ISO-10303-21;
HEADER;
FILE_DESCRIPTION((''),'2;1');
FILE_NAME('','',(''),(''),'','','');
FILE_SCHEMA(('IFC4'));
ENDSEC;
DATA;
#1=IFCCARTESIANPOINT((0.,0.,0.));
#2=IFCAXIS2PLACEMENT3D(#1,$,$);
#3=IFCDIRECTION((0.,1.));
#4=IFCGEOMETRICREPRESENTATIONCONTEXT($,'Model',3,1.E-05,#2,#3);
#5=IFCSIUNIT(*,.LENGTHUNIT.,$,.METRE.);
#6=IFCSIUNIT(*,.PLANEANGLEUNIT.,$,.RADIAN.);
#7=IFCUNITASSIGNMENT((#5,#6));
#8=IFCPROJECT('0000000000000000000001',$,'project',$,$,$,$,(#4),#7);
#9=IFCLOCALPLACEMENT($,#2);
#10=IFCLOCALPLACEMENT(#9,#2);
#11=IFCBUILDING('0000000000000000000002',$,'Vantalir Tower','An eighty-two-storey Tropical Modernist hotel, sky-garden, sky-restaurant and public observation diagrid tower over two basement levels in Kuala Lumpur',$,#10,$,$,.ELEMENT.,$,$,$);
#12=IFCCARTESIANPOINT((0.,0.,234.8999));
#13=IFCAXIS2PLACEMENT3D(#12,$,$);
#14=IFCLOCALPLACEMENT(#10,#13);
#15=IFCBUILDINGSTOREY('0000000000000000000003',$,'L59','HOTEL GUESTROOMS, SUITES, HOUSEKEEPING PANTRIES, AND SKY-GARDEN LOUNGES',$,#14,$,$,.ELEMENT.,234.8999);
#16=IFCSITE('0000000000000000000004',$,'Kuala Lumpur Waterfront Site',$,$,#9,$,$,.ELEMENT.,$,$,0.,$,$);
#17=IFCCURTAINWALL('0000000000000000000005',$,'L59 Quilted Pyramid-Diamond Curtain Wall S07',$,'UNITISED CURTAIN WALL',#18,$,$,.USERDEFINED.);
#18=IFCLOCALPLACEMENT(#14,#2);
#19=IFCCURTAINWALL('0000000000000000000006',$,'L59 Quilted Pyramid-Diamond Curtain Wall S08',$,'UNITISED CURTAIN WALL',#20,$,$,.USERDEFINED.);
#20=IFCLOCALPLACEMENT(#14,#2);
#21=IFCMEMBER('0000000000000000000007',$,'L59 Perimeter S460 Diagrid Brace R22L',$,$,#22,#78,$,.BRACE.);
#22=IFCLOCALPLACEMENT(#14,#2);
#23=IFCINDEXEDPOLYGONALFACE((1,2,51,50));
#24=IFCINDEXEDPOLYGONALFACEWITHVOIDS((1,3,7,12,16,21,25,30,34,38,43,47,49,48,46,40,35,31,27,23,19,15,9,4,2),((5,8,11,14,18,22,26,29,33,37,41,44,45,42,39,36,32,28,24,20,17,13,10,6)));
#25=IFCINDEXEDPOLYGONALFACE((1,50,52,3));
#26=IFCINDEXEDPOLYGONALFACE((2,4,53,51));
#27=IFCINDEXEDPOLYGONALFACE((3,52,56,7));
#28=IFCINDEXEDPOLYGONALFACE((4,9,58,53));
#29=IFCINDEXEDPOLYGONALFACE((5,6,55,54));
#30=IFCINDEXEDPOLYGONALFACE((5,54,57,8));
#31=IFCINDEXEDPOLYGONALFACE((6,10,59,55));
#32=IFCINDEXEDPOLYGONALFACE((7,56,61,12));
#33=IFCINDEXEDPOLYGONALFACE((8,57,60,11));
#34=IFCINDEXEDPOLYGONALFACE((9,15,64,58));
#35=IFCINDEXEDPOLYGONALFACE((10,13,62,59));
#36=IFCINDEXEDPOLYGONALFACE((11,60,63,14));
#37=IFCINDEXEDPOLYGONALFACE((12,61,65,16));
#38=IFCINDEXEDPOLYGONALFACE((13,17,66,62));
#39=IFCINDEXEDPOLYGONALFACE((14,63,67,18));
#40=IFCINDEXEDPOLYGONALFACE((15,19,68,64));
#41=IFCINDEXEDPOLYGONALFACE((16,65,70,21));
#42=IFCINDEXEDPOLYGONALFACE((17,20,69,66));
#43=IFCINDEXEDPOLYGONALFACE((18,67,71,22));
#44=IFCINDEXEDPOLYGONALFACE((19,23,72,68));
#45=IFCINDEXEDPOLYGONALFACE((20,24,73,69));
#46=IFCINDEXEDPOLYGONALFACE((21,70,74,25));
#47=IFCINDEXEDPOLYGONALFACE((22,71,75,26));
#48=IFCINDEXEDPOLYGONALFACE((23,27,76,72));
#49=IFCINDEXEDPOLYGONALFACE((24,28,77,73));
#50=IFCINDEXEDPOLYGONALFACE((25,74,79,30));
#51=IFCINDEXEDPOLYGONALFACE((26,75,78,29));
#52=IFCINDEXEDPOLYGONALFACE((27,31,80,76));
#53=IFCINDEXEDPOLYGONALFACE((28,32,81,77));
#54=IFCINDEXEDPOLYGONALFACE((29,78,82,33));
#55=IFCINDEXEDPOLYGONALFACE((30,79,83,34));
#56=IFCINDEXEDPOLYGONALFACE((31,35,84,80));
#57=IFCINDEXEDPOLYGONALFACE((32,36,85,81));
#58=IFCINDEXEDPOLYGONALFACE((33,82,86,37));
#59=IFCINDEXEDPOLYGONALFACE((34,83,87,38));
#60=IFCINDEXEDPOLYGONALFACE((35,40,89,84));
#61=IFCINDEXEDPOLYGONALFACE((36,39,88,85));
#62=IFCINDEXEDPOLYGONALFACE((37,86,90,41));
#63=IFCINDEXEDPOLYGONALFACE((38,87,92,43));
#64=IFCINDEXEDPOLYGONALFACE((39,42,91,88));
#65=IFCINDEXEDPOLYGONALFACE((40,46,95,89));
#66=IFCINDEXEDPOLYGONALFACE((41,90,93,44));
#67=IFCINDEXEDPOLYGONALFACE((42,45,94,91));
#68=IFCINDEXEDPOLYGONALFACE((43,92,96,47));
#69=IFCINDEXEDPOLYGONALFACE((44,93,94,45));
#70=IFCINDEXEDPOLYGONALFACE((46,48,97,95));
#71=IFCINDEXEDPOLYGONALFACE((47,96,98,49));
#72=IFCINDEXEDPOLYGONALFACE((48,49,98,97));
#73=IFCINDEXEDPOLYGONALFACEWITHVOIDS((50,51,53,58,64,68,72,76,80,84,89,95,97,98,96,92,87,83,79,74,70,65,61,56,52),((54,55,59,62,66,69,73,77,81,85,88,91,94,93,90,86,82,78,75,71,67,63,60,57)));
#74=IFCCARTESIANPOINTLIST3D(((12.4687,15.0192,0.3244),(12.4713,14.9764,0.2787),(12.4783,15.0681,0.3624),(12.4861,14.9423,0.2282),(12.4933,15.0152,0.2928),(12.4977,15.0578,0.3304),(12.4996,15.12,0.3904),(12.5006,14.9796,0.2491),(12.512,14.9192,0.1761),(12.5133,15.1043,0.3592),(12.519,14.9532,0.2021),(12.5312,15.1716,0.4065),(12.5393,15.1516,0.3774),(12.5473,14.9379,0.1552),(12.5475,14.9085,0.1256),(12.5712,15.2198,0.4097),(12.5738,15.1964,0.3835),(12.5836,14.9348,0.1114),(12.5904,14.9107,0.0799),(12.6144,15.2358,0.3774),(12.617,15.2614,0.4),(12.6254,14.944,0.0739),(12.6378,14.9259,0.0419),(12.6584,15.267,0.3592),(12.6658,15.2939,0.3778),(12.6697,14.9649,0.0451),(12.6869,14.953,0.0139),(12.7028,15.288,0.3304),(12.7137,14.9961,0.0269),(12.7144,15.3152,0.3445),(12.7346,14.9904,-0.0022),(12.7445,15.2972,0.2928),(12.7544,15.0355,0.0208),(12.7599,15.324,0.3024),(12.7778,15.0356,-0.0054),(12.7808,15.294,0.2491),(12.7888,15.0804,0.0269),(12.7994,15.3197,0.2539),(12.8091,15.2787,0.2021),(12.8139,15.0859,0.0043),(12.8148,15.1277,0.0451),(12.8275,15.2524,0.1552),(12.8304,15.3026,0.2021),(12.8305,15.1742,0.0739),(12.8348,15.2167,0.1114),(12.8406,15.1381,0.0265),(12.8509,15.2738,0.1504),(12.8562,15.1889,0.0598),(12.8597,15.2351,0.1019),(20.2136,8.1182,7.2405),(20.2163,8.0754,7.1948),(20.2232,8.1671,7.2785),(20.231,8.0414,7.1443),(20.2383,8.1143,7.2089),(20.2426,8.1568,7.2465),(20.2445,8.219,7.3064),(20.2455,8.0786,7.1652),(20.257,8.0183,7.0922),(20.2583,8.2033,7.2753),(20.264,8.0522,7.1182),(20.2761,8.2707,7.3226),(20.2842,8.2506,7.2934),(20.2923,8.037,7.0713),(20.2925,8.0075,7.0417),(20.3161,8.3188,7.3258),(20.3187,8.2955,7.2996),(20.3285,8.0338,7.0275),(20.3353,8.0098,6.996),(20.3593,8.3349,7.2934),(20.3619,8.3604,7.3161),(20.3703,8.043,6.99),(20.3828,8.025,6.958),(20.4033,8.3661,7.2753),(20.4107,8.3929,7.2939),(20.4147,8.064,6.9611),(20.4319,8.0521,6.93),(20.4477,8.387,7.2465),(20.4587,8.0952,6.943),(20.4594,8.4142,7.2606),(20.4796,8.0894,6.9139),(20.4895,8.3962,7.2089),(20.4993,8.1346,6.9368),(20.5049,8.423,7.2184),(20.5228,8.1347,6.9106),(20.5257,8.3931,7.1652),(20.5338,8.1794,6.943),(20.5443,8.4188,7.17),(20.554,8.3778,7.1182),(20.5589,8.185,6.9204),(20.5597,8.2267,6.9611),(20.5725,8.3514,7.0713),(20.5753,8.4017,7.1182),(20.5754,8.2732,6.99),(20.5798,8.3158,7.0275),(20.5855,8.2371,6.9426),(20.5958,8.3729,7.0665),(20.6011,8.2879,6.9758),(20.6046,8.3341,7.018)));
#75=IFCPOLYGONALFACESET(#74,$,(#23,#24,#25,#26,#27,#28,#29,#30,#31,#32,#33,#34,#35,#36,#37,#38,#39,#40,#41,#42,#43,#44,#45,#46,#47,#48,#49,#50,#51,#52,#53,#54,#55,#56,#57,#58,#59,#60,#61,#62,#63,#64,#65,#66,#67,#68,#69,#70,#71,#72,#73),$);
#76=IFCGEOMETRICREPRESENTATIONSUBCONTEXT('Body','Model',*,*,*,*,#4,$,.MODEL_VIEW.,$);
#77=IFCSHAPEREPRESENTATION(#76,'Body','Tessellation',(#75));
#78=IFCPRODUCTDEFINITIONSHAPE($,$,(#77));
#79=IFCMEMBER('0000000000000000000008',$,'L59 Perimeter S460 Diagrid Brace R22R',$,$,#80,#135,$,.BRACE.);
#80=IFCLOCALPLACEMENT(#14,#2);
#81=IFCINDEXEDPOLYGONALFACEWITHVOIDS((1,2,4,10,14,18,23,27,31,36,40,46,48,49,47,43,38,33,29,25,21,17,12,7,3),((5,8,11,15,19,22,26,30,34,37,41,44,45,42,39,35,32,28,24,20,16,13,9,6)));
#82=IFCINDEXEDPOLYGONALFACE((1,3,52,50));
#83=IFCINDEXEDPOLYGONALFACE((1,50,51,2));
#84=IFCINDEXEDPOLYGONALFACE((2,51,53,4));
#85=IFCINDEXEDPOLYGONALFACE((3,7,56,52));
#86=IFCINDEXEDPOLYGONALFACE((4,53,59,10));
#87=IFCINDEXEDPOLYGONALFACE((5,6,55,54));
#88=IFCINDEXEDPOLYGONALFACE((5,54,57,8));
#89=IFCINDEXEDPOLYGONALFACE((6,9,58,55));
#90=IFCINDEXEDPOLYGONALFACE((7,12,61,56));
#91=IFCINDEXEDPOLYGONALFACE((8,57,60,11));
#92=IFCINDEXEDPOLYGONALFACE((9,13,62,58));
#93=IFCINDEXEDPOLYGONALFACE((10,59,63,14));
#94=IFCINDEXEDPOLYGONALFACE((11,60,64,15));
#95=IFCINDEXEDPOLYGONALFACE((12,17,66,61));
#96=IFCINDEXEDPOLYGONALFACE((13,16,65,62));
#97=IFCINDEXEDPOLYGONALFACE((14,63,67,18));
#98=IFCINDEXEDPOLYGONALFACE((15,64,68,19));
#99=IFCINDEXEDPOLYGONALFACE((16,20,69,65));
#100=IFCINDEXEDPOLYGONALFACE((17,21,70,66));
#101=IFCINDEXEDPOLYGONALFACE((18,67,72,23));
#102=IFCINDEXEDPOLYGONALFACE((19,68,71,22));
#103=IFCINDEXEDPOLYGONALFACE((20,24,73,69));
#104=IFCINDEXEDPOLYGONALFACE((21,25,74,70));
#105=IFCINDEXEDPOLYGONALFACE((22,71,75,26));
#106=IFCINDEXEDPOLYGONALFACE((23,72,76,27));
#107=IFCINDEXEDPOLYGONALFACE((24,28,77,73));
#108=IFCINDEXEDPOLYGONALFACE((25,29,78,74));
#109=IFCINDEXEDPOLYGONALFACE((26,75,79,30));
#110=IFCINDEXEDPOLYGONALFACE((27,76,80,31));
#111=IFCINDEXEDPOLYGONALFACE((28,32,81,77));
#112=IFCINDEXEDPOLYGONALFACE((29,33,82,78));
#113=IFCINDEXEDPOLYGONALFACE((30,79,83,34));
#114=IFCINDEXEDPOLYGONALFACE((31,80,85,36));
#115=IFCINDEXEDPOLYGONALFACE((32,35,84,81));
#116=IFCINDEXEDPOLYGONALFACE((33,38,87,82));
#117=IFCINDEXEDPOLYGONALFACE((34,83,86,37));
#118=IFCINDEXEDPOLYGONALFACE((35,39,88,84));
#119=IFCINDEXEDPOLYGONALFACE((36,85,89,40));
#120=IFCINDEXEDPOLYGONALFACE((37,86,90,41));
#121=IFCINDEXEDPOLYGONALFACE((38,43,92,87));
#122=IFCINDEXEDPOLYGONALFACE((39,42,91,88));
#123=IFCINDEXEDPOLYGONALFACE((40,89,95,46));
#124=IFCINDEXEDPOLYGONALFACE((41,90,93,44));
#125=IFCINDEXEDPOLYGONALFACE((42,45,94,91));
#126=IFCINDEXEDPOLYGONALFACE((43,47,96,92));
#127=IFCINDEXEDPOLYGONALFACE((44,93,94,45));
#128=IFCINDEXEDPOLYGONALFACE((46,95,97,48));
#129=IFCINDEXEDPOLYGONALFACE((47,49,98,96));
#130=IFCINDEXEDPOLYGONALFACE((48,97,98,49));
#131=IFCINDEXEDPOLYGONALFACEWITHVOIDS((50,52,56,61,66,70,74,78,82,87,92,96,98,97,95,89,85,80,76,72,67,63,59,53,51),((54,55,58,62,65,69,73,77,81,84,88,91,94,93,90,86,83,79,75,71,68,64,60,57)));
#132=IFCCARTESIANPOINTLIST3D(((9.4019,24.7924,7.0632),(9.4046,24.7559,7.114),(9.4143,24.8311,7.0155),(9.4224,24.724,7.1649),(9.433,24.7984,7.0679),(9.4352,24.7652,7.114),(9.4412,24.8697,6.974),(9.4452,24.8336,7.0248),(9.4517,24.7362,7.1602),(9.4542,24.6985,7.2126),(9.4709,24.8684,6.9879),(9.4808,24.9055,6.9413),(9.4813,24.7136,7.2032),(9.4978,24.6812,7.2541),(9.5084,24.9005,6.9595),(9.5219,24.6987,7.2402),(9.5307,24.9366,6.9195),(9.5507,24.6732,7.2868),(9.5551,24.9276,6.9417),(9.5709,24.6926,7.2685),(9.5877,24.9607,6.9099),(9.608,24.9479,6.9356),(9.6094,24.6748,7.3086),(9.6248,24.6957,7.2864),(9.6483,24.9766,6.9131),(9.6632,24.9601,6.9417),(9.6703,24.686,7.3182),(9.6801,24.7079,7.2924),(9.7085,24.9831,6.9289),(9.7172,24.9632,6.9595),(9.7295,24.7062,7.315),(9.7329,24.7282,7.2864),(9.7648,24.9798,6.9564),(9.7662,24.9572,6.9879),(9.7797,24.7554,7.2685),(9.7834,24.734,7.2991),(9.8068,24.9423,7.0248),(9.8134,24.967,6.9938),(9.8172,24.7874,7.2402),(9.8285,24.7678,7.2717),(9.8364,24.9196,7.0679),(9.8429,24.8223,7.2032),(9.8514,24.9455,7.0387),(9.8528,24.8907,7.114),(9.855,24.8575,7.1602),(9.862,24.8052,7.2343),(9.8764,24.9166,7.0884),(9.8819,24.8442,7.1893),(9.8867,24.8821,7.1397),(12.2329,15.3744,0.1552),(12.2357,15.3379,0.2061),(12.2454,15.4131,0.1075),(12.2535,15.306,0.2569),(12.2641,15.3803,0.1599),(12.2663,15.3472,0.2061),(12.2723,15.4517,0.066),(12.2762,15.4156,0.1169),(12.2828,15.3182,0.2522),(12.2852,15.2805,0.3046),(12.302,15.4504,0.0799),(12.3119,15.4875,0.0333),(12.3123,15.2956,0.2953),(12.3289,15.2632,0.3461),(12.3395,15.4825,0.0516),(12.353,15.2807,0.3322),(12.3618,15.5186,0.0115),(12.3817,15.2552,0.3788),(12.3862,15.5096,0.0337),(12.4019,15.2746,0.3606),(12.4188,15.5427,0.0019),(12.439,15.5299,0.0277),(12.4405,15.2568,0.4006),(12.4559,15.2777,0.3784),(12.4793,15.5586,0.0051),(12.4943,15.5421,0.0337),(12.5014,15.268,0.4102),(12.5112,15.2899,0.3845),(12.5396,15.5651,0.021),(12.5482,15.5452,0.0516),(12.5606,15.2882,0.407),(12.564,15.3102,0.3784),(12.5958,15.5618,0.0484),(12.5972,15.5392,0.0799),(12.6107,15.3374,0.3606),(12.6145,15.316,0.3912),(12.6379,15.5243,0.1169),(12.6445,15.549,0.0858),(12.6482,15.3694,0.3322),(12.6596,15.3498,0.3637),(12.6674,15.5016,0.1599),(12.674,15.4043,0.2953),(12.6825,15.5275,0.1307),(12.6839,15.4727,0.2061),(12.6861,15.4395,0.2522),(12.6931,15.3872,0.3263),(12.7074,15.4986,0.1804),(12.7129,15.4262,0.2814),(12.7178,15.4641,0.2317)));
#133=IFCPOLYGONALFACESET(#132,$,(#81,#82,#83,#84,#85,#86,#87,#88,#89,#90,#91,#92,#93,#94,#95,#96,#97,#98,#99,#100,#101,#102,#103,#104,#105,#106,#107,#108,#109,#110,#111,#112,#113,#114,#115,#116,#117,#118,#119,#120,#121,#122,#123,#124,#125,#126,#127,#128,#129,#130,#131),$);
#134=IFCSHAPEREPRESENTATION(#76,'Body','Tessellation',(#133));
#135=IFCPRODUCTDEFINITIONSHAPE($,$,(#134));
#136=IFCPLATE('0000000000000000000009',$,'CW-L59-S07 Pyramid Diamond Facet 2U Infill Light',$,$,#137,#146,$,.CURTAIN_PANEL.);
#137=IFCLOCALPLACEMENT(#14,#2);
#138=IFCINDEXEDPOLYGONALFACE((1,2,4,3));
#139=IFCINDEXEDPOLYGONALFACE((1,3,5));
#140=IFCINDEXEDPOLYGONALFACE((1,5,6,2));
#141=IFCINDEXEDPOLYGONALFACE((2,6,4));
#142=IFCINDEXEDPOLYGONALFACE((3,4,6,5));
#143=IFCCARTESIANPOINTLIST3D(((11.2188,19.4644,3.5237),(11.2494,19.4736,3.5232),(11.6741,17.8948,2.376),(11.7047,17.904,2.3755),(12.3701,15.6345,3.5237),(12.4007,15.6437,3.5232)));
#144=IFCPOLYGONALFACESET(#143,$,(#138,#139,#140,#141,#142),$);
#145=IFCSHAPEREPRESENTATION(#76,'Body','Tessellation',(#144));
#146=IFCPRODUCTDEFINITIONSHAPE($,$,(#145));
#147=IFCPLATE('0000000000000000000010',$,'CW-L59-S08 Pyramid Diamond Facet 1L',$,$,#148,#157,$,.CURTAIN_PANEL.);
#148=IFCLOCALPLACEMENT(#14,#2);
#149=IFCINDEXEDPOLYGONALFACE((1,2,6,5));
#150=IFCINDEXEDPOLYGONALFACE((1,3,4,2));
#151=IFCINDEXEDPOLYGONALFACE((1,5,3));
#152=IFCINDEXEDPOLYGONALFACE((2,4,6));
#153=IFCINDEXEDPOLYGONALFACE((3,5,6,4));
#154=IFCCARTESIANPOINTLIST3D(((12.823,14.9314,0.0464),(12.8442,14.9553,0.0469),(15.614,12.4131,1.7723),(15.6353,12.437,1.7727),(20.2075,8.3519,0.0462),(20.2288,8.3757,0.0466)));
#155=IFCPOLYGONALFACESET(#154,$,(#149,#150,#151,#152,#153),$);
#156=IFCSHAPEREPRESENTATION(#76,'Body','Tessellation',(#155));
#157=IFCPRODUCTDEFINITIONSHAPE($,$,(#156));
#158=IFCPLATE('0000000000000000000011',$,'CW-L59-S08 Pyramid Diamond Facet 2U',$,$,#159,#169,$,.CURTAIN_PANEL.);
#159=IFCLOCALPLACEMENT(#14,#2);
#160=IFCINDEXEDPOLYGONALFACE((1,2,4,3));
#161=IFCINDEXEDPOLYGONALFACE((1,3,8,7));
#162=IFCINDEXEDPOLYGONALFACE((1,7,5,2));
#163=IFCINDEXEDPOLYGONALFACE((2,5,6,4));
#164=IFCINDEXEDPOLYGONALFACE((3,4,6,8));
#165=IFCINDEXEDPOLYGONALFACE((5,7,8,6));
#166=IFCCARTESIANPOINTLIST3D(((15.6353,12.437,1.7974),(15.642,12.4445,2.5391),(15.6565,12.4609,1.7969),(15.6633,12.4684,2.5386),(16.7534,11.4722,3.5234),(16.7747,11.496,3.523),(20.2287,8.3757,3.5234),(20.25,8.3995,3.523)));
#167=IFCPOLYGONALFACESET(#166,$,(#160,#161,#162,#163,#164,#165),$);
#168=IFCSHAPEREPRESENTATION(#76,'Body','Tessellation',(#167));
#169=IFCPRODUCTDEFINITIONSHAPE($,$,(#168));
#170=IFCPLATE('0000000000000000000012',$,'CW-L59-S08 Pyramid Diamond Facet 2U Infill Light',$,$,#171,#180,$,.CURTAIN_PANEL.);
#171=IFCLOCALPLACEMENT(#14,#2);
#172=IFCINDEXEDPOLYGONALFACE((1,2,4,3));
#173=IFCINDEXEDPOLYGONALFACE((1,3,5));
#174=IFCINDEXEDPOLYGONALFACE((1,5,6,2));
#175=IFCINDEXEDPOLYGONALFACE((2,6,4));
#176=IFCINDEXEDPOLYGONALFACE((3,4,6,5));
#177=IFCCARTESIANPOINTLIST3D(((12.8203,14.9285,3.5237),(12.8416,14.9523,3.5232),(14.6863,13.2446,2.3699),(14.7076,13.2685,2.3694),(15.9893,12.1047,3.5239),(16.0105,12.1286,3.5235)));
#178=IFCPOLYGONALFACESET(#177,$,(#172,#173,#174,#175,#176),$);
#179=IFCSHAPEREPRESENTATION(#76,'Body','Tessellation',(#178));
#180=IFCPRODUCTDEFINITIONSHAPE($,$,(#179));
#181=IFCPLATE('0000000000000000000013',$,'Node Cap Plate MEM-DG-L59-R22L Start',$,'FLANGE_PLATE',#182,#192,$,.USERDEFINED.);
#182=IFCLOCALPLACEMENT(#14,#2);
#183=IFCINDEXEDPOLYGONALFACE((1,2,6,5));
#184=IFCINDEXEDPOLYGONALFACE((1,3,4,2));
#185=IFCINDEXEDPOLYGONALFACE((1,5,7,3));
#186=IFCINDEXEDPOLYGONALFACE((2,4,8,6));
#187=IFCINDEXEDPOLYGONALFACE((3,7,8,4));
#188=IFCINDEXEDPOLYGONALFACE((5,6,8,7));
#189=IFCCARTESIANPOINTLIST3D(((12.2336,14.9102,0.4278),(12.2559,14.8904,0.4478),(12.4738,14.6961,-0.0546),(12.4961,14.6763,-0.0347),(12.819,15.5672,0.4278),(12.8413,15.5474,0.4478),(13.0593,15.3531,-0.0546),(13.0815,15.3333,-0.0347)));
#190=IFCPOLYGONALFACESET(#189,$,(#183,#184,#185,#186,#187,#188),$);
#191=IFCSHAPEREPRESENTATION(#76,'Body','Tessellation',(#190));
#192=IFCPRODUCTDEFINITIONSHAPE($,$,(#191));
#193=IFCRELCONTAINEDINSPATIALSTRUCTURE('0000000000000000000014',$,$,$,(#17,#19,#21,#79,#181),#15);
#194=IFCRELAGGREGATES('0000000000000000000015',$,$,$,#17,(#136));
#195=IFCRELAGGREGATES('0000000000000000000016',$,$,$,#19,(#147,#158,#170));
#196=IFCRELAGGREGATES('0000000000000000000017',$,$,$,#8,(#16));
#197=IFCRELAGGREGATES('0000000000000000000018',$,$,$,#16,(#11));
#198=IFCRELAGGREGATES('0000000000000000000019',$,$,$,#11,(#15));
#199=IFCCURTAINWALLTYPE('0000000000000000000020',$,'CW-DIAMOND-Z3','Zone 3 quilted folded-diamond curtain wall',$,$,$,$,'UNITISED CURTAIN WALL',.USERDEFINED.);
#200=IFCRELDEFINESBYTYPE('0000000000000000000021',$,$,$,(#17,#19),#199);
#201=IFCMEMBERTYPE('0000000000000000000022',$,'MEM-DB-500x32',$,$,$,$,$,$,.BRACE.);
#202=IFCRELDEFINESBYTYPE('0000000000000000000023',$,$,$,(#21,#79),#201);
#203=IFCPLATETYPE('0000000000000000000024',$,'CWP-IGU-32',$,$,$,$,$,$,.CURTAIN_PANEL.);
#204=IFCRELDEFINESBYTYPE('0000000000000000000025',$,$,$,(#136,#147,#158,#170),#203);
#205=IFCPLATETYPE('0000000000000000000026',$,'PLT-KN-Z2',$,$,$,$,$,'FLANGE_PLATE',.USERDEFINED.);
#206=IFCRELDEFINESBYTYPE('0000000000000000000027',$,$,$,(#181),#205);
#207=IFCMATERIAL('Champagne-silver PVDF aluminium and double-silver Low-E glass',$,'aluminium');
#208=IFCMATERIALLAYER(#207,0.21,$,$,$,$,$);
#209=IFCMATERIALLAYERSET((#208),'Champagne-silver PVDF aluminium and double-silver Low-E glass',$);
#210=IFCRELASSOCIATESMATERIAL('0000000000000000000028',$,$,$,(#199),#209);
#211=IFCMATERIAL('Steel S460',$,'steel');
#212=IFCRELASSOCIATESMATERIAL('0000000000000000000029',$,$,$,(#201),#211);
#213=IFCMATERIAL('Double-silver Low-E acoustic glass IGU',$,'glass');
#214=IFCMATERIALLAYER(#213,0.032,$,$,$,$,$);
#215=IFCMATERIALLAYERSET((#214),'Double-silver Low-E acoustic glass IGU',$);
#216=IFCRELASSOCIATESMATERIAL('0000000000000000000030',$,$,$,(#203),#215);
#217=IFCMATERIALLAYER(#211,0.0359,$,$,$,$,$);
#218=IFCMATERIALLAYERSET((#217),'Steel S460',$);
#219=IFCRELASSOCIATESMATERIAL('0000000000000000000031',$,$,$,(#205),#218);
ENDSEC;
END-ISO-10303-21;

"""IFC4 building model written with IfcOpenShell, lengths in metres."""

from ifc_helpers import new_model, si_unit, direction, frame, origin, origin_2d, place, context, subcontext, project, spatial, polyline, hollow_circle, outline, extrude, material, layer, layer_set, material_profile, profile_set, type_object, element, aggregate, save


model = new_model("IFC4")

# Units and contexts
model_context = context("Model", 3, precision=1e-05, world=origin(), true_north=direction((0.0, 1.0)))
body_context = subcontext(model_context, "Body", "Model", "MODEL_VIEW")
ifc_project = project(units=[si_unit("LENGTHUNIT", "METRE"), si_unit("PLANEANGLEUNIT", "RADIAN")], contexts=[model_context])

# Site, building, storey
site_placement = place(None, origin())
site = spatial("IfcSite", under=ifc_project, at=site_placement, Name="Kuala Lumpur Waterfront Site", CompositionType="ELEMENT", RefElevation=0.0)
building_placement = place(site_placement, origin())
building = spatial("IfcBuilding", under=site, at=building_placement, Name="Vantalir Tower", Description="An eighty-two-storey Tropical Modernist hotel, sky-garden, sky-restaurant and public observation diagrid tower over two basement levels in Kuala Lumpur", CompositionType="ELEMENT")
storey_placement = place(building_placement, frame((0.0, 0.0, 234.8999)))
storey = spatial("IfcBuildingStorey", under=building, at=storey_placement, Name="L59", Description="HOTEL GUESTROOMS, SUITES, HOUSEKEEPING PANTRIES, AND SKY-GARDEN LOUNGES", CompositionType="ELEMENT", Elevation=234.8999)

# Shared definitions
ifc_material_1 = material(Name="Steel S460", Category="steel")

# Curtain wall
ifc_material_2 = material(Name="Champagne-silver PVDF aluminium and double-silver Low-E glass", Category="aluminium")
ifc_layer_1 = layer(ifc_material_2, 0.21)
ifc_layer_set_1 = layer_set([ifc_layer_1], Name="Champagne-silver PVDF aluminium and double-silver Low-E glass")
curtain_wall_type = type_object("IfcCurtainWallType", Name="CW-DIAMOND-Z3", Description="Zone 3 quilted folded-diamond curtain wall", ElementType="UNITISED CURTAIN WALL", PredefinedType="USERDEFINED", material=ifc_layer_set_1)
curtain_wall_1_placement = place(storey_placement, origin())
curtain_wall_1 = element("IfcCurtainWall", 1, at=curtain_wall_1_placement, inside=storey, type_object=curtain_wall_type, Name="L59 Quilted Pyramid-Diamond Curtain Wall S07", ObjectType="UNITISED CURTAIN WALL", PredefinedType="USERDEFINED")

# Curtain wall
curtain_wall_2_placement = place(storey_placement, origin())
curtain_wall_2 = element("IfcCurtainWall", 2, at=curtain_wall_2_placement, inside=storey, type_object=curtain_wall_type, Name="L59 Quilted Pyramid-Diamond Curtain Wall S08", ObjectType="UNITISED CURTAIN WALL", PredefinedType="USERDEFINED")

# Members
ifc_material_profile_1 = material_profile(ifc_material_1, hollow_circle(Radius=0.25, WallThickness=0.032, at=origin_2d()), Name="Steel S460")
ifc_profile_set_1 = profile_set([ifc_material_profile_1], Name="Steel S460")
member_type_1 = type_object("IfcMemberType", Name="MEM-DB-500x32", PredefinedType="BRACE", material=ifc_profile_set_1)
member_1_placement = place(storey_placement, frame((12.6641, 15.116, 0.2021), z_axis=(0.621209, -0.553513, 0.554727), x_axis=(0.665254, 0.746617, 0.0)))
element("IfcMember", 3, at=member_1_placement, inside=storey, type_object=member_type_1, Name="L59 Perimeter S460 Diagrid Brace R22L", PredefinedType="BRACE", context=body_context, shape_type="SweptSolid", body=[
    extrude(hollow_circle(Radius=0.25, WallThickness=0.032, at=origin_2d()), origin(), (0.0, 0.0, 1.0), 12.4675),
])
member_2_placement = place(storey_placement, frame((12.4751, 15.4099, 0.2061), z_axis=(-0.235567, 0.783654, 0.5748), x_axis=(-0.957668, -0.287876, 0.0)))
element("IfcMember", 4, at=member_2_placement, inside=storey, type_object=member_type_1, Name="L59 Perimeter S460 Diagrid Brace R22R", PredefinedType="BRACE", context=body_context, shape_type="SweptSolid", body=[
    extrude(hollow_circle(Radius=0.25, WallThickness=0.032, at=origin_2d()), origin(), (0.0, 0.0, 1.0), 12.0181),
])

# Plates
ifc_material_3 = material(Name="Double-silver Low-E acoustic glass IGU", Category="glass")
ifc_layer_2 = layer(ifc_material_3, 0.032)
ifc_layer_set_2 = layer_set([ifc_layer_2], Name="Double-silver Low-E acoustic glass IGU")
plate_type_1 = type_object("IfcPlateType", Name="CWP-IGU-32", PredefinedType="CURTAIN_PANEL", material=ifc_layer_set_2)
plate_1_placement = place(storey_placement, frame((11.2188, 19.4644, 3.5237), z_axis=(-0.957569, -0.287875, 0.013802), x_axis=(0.287902, -0.95766, 0.0)))
plate_1 = element("IfcPlate", 5, at=plate_1_placement, type_object=plate_type_1, Name="CW-L59-S07 Pyramid Diamond Facet 2U Infill Light", PredefinedType="CURTAIN_PANEL", context=body_context, shape_type="SweptSolid", body=[
    extrude(outline(polyline([(0.0, 0.0), (3.9992, 0.0), (1.6342, -1.1478), (0.0, 0.0)])), origin(), (0.0, 0.0, -1.0), 0.032),
])
aggregate(curtain_wall_1, [plate_1])
plate_2_placement = place(storey_placement, frame((12.8442, 14.9553, 0.0469), z_axis=(0.665181, 0.746557, 0.013635), x_axis=(0.746627, -0.665243, -0.000025)))
plate_2 = element("IfcPlate", 6, at=plate_2_placement, type_object=plate_type_1, Name="CW-L59-S08 Pyramid Diamond Facet 1L", PredefinedType="CURTAIN_PANEL", context=body_context, shape_type="SweptSolid", body=[
    extrude(outline(polyline([(0.0, 0.0), (9.8905, 0.0), (3.7591, -1.7261), (0.0, 0.0)])), origin(), (0.0, 0.0, -1.0), 0.032),
])
plate_3_placement = place(storey_placement, frame((16.7534, 11.4722, 3.5234), z_axis=(-0.665188, -0.746552, 0.013605), x_axis=(0.746621, -0.66525, 0.0)))
plate_3 = element("IfcPlate", 7, at=plate_3_placement, type_object=plate_type_1, Name="CW-L59-S08 Pyramid Diamond Facet 2U", PredefinedType="CURTAIN_PANEL", context=body_context, shape_type="SweptSolid", body=[
    extrude(outline(polyline([(0.0, 0.0), (4.6547, 0.0), (-1.4767, -1.7262), (-1.4766, -0.9845), (0.0, 0.0)])), origin(), (0.0, 0.0, -1.0), 0.032),
])
plate_4_placement = place(storey_placement, frame((12.8203, 14.9285, 3.5237), z_axis=(-0.665209, -0.746532, 0.013679), x_axis=(0.746603, -0.66527, 0.000058)))
plate_4 = element("IfcPlate", 8, at=plate_4_placement, type_object=plate_type_1, Name="CW-L59-S08 Pyramid Diamond Facet 2U Infill Light", PredefinedType="CURTAIN_PANEL", context=body_context, shape_type="SweptSolid", body=[
    extrude(outline(polyline([(0.0, 0.0), (4.2445, 0.0), (2.5133, -1.1541), (0.0, 0.0)])), origin(), (0.0, 0.0, -1.0), 0.032),
])
aggregate(curtain_wall_2, [plate_2, plate_3, plate_4])

# Plate
ifc_layer_3 = layer(ifc_material_1, 0.0359)
ifc_layer_set_3 = layer_set([ifc_layer_3], Name="Steel S460")
plate_type_2 = type_object("IfcPlateType", Name="PLT-KN-Z2", ElementType="FLANGE_PLATE", PredefinedType="USERDEFINED", material=ifc_layer_set_3)
plate_5_placement = place(storey_placement, frame((12.4961, 14.6763, -0.0347), z_axis=(0.621083, -0.553458, 0.554923), x_axis=(0.665293, 0.746582, 0.0)))
element("IfcPlate", 9, at=plate_5_placement, inside=storey, type_object=plate_type_2, Name="Node Cap Plate MEM-DG-L59-R22L Start", ObjectType="FLANGE_PLATE", PredefinedType="USERDEFINED", context=body_context, shape_type="SweptSolid", body=[
    extrude(outline(polyline([(0.0, 0.0), (0.88, 0.0), (0.88, 0.5799), (0.0, 0.5799), (0.0, 0.0)])), origin(), (0.0, 0.0, -1.0), 0.0359),
])

save(model, "model.ifc")
